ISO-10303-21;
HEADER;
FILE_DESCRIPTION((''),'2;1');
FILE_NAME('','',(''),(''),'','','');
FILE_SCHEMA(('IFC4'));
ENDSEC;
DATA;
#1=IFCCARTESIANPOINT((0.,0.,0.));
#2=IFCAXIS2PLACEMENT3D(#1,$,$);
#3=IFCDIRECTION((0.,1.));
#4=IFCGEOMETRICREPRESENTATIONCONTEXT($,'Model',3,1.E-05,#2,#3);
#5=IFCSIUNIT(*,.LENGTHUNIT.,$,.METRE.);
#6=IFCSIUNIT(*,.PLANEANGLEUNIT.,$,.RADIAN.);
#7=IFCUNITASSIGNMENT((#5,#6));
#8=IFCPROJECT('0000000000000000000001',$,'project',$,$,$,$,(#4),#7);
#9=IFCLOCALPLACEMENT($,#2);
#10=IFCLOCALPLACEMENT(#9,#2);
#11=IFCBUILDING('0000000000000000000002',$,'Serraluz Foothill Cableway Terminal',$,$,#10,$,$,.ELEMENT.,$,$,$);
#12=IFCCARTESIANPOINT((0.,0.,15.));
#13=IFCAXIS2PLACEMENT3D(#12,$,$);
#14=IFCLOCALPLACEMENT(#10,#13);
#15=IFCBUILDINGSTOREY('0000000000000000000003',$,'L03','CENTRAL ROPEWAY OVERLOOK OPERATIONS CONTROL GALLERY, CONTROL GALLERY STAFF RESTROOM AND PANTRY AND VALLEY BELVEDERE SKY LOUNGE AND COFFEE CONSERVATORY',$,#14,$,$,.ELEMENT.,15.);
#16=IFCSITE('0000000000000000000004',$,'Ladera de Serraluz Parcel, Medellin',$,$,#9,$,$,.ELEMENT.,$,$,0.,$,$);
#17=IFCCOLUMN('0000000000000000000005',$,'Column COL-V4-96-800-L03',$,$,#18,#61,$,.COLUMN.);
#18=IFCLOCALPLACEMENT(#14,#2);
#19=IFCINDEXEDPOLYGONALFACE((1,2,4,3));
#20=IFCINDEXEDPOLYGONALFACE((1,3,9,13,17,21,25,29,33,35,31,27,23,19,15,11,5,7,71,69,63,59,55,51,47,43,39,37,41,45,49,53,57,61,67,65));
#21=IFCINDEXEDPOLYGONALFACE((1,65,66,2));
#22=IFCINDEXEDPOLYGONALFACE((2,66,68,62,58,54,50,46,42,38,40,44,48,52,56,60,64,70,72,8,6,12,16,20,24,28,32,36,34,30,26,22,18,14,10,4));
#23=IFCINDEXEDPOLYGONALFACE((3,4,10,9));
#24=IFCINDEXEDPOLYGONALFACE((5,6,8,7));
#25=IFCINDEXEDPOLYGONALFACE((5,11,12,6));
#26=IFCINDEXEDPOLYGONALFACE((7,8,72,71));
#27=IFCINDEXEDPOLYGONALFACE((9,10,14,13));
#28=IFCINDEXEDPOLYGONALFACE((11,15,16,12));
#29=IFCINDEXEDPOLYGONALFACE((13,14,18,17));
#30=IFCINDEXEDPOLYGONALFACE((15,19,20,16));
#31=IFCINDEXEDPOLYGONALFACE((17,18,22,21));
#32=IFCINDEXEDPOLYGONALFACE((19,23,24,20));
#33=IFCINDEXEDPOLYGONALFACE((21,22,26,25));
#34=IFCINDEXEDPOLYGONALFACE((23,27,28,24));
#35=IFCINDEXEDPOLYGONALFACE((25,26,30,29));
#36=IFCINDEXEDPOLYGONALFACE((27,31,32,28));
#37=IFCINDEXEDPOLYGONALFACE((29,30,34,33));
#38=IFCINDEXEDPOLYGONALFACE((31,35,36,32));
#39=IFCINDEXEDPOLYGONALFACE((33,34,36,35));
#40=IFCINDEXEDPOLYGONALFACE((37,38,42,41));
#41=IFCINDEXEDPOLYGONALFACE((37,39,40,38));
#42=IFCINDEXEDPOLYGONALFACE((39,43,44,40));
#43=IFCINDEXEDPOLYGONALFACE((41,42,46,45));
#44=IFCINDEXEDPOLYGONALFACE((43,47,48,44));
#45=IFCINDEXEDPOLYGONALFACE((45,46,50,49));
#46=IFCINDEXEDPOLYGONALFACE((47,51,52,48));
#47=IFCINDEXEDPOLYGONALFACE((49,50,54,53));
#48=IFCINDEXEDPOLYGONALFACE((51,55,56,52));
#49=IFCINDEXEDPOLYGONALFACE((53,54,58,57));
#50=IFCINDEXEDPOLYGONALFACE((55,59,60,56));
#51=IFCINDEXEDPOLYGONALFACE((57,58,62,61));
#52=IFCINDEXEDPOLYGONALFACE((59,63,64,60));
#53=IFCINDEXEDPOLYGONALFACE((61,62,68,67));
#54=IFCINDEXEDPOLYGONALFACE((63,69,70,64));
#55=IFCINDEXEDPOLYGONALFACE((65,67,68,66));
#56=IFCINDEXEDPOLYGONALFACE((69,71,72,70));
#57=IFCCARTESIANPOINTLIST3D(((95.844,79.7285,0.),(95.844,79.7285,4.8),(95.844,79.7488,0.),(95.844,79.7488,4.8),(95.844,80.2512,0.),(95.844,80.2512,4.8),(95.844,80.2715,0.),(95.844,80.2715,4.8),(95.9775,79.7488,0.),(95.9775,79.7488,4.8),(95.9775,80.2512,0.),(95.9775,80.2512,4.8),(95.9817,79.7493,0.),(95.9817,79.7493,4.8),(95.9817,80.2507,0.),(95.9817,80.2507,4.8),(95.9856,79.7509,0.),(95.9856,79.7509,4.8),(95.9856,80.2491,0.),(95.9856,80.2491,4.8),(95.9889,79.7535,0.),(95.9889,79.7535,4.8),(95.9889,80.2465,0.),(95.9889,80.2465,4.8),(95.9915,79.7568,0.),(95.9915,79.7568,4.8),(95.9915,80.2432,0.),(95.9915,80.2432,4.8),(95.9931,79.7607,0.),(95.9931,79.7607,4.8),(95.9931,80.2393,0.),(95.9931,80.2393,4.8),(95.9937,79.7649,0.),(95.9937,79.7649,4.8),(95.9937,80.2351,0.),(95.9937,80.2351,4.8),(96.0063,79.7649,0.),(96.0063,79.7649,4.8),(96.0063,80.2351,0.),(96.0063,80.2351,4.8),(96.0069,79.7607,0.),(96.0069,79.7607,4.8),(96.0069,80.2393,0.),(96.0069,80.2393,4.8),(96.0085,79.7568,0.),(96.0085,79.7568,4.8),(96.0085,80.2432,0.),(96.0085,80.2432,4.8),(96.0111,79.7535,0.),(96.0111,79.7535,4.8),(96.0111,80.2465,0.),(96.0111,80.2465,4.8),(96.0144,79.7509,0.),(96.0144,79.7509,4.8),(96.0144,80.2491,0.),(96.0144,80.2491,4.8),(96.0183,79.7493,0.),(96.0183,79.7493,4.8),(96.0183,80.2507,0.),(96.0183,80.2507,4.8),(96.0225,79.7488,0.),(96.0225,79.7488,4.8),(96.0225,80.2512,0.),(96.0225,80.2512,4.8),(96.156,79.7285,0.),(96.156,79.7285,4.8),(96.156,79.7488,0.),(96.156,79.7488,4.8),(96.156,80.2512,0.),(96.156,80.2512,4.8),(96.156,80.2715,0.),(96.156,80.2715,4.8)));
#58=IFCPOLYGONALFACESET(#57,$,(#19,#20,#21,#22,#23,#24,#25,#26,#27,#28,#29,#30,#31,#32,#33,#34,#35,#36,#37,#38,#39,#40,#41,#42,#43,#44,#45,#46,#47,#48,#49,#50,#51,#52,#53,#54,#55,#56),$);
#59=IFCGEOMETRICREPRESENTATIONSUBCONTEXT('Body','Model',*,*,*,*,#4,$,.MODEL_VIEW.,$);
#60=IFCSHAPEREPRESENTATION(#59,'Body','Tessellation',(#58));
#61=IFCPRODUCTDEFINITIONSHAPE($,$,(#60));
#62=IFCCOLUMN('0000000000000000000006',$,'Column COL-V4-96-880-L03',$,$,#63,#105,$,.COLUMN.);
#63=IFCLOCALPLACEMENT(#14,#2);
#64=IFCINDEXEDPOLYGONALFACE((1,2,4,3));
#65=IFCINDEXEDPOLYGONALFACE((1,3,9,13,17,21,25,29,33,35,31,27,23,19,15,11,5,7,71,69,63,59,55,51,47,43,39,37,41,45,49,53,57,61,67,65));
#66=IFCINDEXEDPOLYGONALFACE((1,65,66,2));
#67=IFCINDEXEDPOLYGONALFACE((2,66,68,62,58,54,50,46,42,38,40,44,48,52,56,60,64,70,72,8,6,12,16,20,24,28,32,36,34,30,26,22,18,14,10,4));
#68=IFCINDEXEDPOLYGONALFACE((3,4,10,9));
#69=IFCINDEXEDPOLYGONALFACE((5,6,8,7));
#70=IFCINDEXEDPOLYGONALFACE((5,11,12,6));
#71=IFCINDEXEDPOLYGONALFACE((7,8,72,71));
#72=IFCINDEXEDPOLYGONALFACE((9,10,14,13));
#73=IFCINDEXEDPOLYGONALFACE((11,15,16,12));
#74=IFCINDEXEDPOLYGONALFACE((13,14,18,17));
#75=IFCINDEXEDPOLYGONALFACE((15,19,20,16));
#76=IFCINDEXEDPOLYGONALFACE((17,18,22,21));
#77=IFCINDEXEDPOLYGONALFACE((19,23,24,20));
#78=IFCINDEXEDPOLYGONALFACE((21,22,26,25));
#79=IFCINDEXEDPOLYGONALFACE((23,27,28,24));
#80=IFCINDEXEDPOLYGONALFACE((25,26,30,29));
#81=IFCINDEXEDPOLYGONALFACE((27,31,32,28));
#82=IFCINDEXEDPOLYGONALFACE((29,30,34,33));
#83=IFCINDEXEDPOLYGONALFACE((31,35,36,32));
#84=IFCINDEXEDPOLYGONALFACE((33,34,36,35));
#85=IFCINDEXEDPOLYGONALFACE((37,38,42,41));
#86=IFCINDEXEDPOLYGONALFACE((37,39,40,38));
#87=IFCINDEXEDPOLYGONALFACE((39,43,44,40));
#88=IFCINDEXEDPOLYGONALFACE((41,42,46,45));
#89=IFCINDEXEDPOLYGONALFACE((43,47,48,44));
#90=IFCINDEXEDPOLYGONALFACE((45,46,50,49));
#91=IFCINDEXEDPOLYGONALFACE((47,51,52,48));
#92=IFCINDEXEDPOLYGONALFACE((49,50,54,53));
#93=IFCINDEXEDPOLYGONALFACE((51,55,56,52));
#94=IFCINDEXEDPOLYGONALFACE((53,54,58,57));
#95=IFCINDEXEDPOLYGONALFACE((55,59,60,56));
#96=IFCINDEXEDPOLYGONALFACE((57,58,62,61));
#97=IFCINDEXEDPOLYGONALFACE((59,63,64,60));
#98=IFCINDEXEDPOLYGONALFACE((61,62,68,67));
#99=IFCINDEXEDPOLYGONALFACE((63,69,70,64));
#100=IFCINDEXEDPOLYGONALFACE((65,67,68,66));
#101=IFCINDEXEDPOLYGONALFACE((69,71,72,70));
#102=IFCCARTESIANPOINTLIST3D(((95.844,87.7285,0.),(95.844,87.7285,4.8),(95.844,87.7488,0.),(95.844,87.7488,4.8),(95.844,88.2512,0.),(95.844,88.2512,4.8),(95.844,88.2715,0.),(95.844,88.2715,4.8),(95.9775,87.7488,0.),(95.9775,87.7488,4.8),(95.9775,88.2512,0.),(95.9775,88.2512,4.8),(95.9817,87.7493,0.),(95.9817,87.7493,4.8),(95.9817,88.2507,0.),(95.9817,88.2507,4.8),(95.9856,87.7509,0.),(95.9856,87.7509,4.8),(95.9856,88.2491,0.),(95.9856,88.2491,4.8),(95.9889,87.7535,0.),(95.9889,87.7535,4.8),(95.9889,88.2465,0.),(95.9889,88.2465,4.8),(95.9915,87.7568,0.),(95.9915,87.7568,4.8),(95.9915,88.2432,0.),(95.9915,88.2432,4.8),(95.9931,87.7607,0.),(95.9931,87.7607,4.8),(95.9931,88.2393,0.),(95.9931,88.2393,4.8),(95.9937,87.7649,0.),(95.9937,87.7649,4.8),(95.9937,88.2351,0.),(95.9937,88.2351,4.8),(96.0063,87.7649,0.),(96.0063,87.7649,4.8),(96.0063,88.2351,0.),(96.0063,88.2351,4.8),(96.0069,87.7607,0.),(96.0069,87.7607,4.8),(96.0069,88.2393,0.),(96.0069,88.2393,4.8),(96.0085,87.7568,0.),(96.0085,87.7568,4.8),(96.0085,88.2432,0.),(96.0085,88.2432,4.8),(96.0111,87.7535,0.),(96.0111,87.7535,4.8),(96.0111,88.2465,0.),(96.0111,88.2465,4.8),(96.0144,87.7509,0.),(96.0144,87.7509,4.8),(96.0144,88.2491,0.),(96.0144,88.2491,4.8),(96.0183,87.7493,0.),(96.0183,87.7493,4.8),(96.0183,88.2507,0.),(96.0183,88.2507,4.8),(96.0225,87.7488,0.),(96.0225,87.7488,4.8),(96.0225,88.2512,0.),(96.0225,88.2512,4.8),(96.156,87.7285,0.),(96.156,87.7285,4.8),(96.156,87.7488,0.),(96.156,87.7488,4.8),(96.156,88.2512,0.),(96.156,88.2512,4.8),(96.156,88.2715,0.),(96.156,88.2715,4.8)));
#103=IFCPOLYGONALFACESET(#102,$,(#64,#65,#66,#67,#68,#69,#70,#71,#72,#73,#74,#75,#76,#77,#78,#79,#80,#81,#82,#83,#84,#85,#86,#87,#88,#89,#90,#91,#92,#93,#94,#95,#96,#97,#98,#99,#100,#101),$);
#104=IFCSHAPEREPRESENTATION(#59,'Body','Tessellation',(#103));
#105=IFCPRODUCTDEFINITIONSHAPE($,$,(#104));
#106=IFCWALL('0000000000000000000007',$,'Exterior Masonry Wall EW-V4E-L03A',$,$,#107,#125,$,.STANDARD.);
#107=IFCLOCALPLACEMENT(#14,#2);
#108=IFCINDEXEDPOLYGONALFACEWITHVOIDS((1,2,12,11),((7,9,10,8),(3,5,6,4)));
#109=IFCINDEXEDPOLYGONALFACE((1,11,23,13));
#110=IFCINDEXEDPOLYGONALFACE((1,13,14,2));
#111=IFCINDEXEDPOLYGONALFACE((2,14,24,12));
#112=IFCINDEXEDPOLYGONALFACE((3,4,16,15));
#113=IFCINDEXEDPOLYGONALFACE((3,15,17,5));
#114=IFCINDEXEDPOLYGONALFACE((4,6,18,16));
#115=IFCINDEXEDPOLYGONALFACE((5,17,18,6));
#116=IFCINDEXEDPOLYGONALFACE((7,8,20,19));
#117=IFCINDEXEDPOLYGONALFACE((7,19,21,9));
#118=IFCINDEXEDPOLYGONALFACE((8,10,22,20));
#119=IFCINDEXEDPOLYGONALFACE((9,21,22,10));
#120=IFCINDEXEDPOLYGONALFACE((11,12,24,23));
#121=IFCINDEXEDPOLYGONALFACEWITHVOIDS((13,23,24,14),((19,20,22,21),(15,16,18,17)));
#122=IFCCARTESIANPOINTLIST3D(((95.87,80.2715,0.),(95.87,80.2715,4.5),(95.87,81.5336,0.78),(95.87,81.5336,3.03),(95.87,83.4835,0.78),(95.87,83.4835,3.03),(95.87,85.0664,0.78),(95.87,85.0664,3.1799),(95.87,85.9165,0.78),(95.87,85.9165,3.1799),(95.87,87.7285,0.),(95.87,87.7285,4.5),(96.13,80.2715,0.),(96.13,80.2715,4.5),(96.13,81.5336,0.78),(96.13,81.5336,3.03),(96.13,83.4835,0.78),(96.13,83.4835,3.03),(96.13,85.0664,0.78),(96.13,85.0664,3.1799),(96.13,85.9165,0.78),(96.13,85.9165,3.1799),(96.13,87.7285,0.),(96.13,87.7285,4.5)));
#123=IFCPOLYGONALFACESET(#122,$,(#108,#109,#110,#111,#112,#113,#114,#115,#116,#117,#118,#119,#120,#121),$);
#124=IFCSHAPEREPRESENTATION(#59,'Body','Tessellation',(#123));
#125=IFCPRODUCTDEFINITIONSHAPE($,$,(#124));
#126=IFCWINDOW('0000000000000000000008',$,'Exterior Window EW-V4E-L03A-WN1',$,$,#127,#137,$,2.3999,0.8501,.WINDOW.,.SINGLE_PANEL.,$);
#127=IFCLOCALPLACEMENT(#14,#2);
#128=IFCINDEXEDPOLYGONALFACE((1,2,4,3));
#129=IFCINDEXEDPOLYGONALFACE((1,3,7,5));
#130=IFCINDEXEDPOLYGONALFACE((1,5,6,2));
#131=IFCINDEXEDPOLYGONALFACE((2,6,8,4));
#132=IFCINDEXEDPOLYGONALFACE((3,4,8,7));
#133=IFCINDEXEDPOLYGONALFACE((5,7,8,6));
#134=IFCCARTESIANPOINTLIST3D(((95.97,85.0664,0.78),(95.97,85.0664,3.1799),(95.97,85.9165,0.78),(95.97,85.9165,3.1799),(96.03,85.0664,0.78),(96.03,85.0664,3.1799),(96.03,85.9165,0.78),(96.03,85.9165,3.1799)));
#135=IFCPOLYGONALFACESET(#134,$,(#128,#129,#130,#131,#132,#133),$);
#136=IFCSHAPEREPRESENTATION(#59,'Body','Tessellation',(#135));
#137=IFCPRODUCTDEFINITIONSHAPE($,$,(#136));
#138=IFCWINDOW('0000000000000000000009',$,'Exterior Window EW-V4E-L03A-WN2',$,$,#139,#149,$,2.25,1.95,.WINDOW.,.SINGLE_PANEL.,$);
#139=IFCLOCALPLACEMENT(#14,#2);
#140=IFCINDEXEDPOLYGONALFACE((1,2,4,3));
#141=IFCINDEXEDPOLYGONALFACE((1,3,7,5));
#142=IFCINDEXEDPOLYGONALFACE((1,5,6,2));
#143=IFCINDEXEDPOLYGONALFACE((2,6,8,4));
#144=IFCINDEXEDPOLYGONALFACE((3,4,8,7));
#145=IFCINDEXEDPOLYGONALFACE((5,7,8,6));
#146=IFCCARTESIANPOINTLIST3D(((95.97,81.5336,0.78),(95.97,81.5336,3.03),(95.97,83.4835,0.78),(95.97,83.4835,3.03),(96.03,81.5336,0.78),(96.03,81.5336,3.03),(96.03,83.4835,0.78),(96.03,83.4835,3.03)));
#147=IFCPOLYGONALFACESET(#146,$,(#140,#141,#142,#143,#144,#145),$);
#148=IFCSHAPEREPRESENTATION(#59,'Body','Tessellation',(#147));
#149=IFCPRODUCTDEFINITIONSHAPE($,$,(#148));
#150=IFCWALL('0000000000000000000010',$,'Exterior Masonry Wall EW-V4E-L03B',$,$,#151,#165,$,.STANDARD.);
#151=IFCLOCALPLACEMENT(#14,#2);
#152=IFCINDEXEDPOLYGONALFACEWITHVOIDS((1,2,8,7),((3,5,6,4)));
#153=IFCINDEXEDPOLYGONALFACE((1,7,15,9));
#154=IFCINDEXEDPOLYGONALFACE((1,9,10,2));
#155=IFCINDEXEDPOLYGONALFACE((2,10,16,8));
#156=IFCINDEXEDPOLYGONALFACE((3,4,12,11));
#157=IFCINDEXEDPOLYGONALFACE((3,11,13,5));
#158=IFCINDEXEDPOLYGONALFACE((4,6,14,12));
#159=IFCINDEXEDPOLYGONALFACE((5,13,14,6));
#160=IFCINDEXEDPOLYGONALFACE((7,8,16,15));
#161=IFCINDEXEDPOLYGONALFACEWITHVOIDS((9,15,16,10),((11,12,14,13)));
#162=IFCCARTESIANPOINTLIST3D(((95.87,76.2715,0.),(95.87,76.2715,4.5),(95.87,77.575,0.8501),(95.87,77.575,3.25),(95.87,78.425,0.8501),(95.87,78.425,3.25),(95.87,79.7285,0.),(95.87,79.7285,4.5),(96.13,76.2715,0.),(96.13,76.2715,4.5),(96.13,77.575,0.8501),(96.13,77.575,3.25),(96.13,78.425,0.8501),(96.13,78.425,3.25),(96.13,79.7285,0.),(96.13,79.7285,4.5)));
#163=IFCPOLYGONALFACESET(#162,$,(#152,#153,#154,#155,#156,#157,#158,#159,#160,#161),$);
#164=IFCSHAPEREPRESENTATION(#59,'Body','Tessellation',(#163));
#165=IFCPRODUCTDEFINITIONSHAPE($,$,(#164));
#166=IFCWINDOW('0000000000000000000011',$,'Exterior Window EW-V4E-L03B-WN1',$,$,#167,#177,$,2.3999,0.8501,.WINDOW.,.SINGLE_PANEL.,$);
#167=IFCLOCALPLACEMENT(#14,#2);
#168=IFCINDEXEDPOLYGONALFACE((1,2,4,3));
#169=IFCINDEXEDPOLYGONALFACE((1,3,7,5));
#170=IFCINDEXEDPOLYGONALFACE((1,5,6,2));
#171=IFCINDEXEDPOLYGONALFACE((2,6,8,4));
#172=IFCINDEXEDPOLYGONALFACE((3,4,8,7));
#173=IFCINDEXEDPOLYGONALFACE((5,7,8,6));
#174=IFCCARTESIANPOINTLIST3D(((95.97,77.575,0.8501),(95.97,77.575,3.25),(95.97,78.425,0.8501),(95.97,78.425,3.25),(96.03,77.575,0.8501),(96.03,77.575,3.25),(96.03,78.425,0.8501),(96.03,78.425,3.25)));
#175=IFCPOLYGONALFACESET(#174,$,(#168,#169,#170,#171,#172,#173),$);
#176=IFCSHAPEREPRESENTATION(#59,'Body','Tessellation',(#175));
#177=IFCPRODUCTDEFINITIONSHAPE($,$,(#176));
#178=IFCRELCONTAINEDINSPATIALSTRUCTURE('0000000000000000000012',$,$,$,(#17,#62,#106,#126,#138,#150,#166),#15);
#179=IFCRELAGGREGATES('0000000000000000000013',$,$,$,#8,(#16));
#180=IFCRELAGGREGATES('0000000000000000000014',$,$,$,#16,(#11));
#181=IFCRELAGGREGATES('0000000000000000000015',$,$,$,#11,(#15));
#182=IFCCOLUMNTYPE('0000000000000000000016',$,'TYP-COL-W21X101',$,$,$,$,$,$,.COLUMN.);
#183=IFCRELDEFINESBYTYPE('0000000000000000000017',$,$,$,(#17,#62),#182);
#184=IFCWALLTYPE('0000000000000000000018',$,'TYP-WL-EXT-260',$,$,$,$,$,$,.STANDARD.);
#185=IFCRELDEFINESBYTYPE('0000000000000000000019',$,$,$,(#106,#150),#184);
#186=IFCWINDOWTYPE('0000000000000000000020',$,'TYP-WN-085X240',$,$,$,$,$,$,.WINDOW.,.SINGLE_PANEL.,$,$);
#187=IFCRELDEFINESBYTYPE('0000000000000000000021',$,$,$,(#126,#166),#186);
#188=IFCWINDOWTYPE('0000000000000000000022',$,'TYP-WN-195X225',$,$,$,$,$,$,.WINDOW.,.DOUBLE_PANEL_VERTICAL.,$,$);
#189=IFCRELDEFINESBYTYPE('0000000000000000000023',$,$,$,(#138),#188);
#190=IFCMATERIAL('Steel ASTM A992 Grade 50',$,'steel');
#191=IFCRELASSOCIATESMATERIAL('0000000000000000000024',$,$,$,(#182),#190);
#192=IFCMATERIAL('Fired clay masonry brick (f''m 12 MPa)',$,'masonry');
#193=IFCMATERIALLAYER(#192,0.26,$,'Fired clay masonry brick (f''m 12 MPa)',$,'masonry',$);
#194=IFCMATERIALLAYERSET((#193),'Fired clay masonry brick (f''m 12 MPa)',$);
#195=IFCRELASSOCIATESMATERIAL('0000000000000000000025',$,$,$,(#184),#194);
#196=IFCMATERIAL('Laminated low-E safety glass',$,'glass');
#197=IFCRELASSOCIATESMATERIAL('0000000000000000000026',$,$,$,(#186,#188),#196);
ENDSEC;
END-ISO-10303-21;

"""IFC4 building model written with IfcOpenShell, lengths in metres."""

from ifc_helpers import new_model, si_unit, direction, frame, frame_2d, origin, origin_2d, place, context, subcontext, project, spatial, rectangle, i_section, extrude, material, layer, layer_set, material_profile, profile_set, type_object, element, fill, save


model = new_model("IFC4")

# Units and contexts
model_context = context("Model", 3, precision=1e-05, world=origin(), true_north=direction((0.0, 1.0)))
body_context = subcontext(model_context, "Body", "Model", "MODEL_VIEW")
ifc_project = project(units=[si_unit("LENGTHUNIT", "METRE"), si_unit("PLANEANGLEUNIT", "RADIAN")], contexts=[model_context])

# Site, building, storey
site_placement = place(None, origin())
site = spatial("IfcSite", under=ifc_project, at=site_placement, Name="Ladera de Serraluz Parcel, Medellin", CompositionType="ELEMENT", RefElevation=0.0)
building_placement = place(site_placement, origin())
building = spatial("IfcBuilding", under=site, at=building_placement, Name="Serraluz Foothill Cableway Terminal", CompositionType="ELEMENT")
storey_placement = place(building_placement, frame((0.0, 0.0, 15.0)))
storey = spatial("IfcBuildingStorey", under=building, at=storey_placement, Name="L03", Description="CENTRAL ROPEWAY OVERLOOK OPERATIONS CONTROL GALLERY, CONTROL GALLERY STAFF RESTROOM AND PANTRY AND VALLEY BELVEDERE SKY LOUNGE AND COFFEE CONSERVATORY", CompositionType="ELEMENT", Elevation=15.0)

# Columns
ifc_material_1 = material(Name="Steel ASTM A992 Grade 50", Category="steel")
ifc_material_profile = material_profile(ifc_material_1, i_section(OverallWidth=0.312, OverallDepth=0.543, WebThickness=0.0127, FlangeThickness=0.0203, FilletRadius=0.0161, at=origin_2d()), Name="W21X101")
ifc_profile_set = profile_set([ifc_material_profile], Name="Steel ASTM A992 Grade 50")
column_type = type_object("IfcColumnType", Name="TYP-COL-W21X101", PredefinedType="COLUMN", material=ifc_profile_set)
for number, where, z_axis, x_axis, name in (
    (1, (96.0, 80.0, 0.0), (0.0, 0.0, 1.0), (1.0, 0.0, 0.0), "Column COL-V4-96-800-L03"),
    (2, (96.0, 88.0, 0.0), (0.0, 0.0, 1.0), (1.0, 0.0, 0.0), "Column COL-V4-96-880-L03"),
):
    element("IfcColumn", number, at=place(storey_placement, frame(where, z_axis=z_axis, x_axis=x_axis)), inside=storey, type_object=column_type, Name=name, PredefinedType="COLUMN", context=body_context, shape_type="SweptSolid", body=[
        extrude(i_section(OverallWidth=0.312, OverallDepth=0.543, WebThickness=0.0127, FlangeThickness=0.0203, FilletRadius=0.0161, at=origin_2d()), origin(), (0.0, 0.0, 1.0), 4.8),
    ])

# Wall, openings, windows
ifc_material_2 = material(Name="Fired clay masonry brick (f'm 12 MPa)", Category="masonry")
ifc_layer_1 = layer(ifc_material_2, 0.26, Name="Fired clay masonry brick (f'm 12 MPa)", Category="masonry")
ifc_layer_set_1 = layer_set([ifc_layer_1], Name="Fired clay masonry brick (f'm 12 MPa)")
wall_type = type_object("IfcWallType", Name="TYP-WL-EXT-260", PredefinedType="STANDARD", material=ifc_layer_set_1)
wall_1_placement = place(storey_placement, frame((96.0, 87.7285, 0.0), z_axis=(0.0, 0.0, 1.0), x_axis=(0.0, -1.0, 0.0)))
wall_1 = element("IfcWall", 3, at=wall_1_placement, inside=storey, type_object=wall_type, Name="Exterior Masonry Wall EW-V4E-L03A", PredefinedType="STANDARD", context=body_context, shape_type="SweptSolid", body=[
    extrude(rectangle(XDim=7.457, YDim=0.26, at=frame_2d((3.7285, 0.0))), origin(), (0.0, 0.0, 1.0), 4.5),
])
opening_1_placement = place(wall_1_placement, frame((1.812, 0.0, 0.78)))
opening_1 = element("IfcOpeningElement", 4, at=opening_1_placement, cuts=wall_1, PredefinedType="OPENING", context=body_context, shape_type="SweptSolid", body=[
    extrude(rectangle(XDim=0.8501, YDim=2.3999, at=frame_2d((0.425, 1.2))), frame((0.0, 0.1401, 0.0), z_axis=(0.0, -1.0, 0.0), x_axis=(1.0, 0.0, 0.0)), (0.0, 0.0, 1.0), 0.28),
])
opening_2_placement = place(wall_1_placement, frame((4.2449, 0.0, 0.78)))
opening_2 = element("IfcOpeningElement", 5, at=opening_2_placement, cuts=wall_1, PredefinedType="OPENING", context=body_context, shape_type="SweptSolid", body=[
    extrude(rectangle(XDim=1.95, YDim=2.25, at=frame_2d((0.9751, 1.125))), frame((0.0, 0.1401, 0.0), z_axis=(0.0, -1.0, 0.0), x_axis=(1.0, 0.0, 0.0)), (0.0, 0.0, 1.0), 0.28),
])
ifc_material_3 = material(Name="Laminated low-E safety glass", Category="glass")
window_type_1 = type_object("IfcWindowType", Name="TYP-WN-085X240", PartitioningType="SINGLE_PANEL", PredefinedType="WINDOW", material=ifc_material_3)
window_1_placement = place(opening_1_placement, origin())
window_1 = element("IfcWindow", 6, at=window_1_placement, inside=storey, type_object=window_type_1, Name="Exterior Window EW-V4E-L03A-WN1", OverallHeight=2.3999, OverallWidth=0.8501, PartitioningType="SINGLE_PANEL", PredefinedType="WINDOW", context=body_context, shape_type="SweptSolid", body=[
    extrude(rectangle(XDim=0.8501, YDim=2.3999, at=frame_2d((0.425, 1.2))), frame((0.0, 0.03, 0.0), z_axis=(0.0, -1.0, 0.0), x_axis=(1.0, 0.0, 0.0)), (0.0, 0.0, 1.0), 0.0601),
])
fill(opening_1, window_1)
window_type_2 = type_object("IfcWindowType", Name="TYP-WN-195X225", PartitioningType="DOUBLE_PANEL_VERTICAL", PredefinedType="WINDOW", material=ifc_material_3)
window_2_placement = place(opening_2_placement, origin())
window_2 = element("IfcWindow", 7, at=window_2_placement, inside=storey, type_object=window_type_2, Name="Exterior Window EW-V4E-L03A-WN2", OverallHeight=2.25, OverallWidth=1.95, PartitioningType="SINGLE_PANEL", PredefinedType="WINDOW", context=body_context, shape_type="SweptSolid", body=[
    extrude(rectangle(XDim=1.95, YDim=2.25, at=frame_2d((0.9751, 1.125))), frame((0.0, 0.03, 0.0), z_axis=(0.0, -1.0, 0.0), x_axis=(1.0, 0.0, 0.0)), (0.0, 0.0, 1.0), 0.0601),
])
fill(opening_2, window_2)

# Wall, opening, window
wall_2_placement = place(storey_placement, frame((96.0, 79.7285, 0.0), z_axis=(0.0, 0.0, 1.0), x_axis=(0.0, -1.0, 0.0)))
wall_2 = element("IfcWall", 8, at=wall_2_placement, inside=storey, type_object=wall_type, Name="Exterior Masonry Wall EW-V4E-L03B", PredefinedType="STANDARD", context=body_context, shape_type="SweptSolid", body=[
    extrude(rectangle(XDim=3.457, YDim=0.26, at=frame_2d((1.7285, 0.0))), origin(), (0.0, 0.0, 1.0), 4.5),
])
opening_3_placement = place(wall_2_placement, frame((1.3035, 0.0, 0.8501)))
opening_3 = element("IfcOpeningElement", 9, at=opening_3_placement, cuts=wall_2, PredefinedType="OPENING", context=body_context, shape_type="SweptSolid", body=[
    extrude(rectangle(XDim=0.8501, YDim=2.3999, at=frame_2d((0.425, 1.2))), frame((0.0, 0.1401, 0.0), z_axis=(0.0, -1.0, 0.0), x_axis=(1.0, 0.0, 0.0)), (0.0, 0.0, 1.0), 0.28),
])
window_3_placement = place(opening_3_placement, origin())
window_3 = element("IfcWindow", 10, at=window_3_placement, inside=storey, type_object=window_type_1, Name="Exterior Window EW-V4E-L03B-WN1", OverallHeight=2.3999, OverallWidth=0.8501, PartitioningType="SINGLE_PANEL", PredefinedType="WINDOW", context=body_context, shape_type="SweptSolid", body=[
    extrude(rectangle(XDim=0.8501, YDim=2.3999, at=frame_2d((0.425, 1.2))), frame((0.0, 0.03, 0.0), z_axis=(0.0, -1.0, 0.0), x_axis=(1.0, 0.0, 0.0)), (0.0, 0.0, 1.0), 0.0601),
])
fill(opening_3, window_3)

save(model, "model.ifc")
